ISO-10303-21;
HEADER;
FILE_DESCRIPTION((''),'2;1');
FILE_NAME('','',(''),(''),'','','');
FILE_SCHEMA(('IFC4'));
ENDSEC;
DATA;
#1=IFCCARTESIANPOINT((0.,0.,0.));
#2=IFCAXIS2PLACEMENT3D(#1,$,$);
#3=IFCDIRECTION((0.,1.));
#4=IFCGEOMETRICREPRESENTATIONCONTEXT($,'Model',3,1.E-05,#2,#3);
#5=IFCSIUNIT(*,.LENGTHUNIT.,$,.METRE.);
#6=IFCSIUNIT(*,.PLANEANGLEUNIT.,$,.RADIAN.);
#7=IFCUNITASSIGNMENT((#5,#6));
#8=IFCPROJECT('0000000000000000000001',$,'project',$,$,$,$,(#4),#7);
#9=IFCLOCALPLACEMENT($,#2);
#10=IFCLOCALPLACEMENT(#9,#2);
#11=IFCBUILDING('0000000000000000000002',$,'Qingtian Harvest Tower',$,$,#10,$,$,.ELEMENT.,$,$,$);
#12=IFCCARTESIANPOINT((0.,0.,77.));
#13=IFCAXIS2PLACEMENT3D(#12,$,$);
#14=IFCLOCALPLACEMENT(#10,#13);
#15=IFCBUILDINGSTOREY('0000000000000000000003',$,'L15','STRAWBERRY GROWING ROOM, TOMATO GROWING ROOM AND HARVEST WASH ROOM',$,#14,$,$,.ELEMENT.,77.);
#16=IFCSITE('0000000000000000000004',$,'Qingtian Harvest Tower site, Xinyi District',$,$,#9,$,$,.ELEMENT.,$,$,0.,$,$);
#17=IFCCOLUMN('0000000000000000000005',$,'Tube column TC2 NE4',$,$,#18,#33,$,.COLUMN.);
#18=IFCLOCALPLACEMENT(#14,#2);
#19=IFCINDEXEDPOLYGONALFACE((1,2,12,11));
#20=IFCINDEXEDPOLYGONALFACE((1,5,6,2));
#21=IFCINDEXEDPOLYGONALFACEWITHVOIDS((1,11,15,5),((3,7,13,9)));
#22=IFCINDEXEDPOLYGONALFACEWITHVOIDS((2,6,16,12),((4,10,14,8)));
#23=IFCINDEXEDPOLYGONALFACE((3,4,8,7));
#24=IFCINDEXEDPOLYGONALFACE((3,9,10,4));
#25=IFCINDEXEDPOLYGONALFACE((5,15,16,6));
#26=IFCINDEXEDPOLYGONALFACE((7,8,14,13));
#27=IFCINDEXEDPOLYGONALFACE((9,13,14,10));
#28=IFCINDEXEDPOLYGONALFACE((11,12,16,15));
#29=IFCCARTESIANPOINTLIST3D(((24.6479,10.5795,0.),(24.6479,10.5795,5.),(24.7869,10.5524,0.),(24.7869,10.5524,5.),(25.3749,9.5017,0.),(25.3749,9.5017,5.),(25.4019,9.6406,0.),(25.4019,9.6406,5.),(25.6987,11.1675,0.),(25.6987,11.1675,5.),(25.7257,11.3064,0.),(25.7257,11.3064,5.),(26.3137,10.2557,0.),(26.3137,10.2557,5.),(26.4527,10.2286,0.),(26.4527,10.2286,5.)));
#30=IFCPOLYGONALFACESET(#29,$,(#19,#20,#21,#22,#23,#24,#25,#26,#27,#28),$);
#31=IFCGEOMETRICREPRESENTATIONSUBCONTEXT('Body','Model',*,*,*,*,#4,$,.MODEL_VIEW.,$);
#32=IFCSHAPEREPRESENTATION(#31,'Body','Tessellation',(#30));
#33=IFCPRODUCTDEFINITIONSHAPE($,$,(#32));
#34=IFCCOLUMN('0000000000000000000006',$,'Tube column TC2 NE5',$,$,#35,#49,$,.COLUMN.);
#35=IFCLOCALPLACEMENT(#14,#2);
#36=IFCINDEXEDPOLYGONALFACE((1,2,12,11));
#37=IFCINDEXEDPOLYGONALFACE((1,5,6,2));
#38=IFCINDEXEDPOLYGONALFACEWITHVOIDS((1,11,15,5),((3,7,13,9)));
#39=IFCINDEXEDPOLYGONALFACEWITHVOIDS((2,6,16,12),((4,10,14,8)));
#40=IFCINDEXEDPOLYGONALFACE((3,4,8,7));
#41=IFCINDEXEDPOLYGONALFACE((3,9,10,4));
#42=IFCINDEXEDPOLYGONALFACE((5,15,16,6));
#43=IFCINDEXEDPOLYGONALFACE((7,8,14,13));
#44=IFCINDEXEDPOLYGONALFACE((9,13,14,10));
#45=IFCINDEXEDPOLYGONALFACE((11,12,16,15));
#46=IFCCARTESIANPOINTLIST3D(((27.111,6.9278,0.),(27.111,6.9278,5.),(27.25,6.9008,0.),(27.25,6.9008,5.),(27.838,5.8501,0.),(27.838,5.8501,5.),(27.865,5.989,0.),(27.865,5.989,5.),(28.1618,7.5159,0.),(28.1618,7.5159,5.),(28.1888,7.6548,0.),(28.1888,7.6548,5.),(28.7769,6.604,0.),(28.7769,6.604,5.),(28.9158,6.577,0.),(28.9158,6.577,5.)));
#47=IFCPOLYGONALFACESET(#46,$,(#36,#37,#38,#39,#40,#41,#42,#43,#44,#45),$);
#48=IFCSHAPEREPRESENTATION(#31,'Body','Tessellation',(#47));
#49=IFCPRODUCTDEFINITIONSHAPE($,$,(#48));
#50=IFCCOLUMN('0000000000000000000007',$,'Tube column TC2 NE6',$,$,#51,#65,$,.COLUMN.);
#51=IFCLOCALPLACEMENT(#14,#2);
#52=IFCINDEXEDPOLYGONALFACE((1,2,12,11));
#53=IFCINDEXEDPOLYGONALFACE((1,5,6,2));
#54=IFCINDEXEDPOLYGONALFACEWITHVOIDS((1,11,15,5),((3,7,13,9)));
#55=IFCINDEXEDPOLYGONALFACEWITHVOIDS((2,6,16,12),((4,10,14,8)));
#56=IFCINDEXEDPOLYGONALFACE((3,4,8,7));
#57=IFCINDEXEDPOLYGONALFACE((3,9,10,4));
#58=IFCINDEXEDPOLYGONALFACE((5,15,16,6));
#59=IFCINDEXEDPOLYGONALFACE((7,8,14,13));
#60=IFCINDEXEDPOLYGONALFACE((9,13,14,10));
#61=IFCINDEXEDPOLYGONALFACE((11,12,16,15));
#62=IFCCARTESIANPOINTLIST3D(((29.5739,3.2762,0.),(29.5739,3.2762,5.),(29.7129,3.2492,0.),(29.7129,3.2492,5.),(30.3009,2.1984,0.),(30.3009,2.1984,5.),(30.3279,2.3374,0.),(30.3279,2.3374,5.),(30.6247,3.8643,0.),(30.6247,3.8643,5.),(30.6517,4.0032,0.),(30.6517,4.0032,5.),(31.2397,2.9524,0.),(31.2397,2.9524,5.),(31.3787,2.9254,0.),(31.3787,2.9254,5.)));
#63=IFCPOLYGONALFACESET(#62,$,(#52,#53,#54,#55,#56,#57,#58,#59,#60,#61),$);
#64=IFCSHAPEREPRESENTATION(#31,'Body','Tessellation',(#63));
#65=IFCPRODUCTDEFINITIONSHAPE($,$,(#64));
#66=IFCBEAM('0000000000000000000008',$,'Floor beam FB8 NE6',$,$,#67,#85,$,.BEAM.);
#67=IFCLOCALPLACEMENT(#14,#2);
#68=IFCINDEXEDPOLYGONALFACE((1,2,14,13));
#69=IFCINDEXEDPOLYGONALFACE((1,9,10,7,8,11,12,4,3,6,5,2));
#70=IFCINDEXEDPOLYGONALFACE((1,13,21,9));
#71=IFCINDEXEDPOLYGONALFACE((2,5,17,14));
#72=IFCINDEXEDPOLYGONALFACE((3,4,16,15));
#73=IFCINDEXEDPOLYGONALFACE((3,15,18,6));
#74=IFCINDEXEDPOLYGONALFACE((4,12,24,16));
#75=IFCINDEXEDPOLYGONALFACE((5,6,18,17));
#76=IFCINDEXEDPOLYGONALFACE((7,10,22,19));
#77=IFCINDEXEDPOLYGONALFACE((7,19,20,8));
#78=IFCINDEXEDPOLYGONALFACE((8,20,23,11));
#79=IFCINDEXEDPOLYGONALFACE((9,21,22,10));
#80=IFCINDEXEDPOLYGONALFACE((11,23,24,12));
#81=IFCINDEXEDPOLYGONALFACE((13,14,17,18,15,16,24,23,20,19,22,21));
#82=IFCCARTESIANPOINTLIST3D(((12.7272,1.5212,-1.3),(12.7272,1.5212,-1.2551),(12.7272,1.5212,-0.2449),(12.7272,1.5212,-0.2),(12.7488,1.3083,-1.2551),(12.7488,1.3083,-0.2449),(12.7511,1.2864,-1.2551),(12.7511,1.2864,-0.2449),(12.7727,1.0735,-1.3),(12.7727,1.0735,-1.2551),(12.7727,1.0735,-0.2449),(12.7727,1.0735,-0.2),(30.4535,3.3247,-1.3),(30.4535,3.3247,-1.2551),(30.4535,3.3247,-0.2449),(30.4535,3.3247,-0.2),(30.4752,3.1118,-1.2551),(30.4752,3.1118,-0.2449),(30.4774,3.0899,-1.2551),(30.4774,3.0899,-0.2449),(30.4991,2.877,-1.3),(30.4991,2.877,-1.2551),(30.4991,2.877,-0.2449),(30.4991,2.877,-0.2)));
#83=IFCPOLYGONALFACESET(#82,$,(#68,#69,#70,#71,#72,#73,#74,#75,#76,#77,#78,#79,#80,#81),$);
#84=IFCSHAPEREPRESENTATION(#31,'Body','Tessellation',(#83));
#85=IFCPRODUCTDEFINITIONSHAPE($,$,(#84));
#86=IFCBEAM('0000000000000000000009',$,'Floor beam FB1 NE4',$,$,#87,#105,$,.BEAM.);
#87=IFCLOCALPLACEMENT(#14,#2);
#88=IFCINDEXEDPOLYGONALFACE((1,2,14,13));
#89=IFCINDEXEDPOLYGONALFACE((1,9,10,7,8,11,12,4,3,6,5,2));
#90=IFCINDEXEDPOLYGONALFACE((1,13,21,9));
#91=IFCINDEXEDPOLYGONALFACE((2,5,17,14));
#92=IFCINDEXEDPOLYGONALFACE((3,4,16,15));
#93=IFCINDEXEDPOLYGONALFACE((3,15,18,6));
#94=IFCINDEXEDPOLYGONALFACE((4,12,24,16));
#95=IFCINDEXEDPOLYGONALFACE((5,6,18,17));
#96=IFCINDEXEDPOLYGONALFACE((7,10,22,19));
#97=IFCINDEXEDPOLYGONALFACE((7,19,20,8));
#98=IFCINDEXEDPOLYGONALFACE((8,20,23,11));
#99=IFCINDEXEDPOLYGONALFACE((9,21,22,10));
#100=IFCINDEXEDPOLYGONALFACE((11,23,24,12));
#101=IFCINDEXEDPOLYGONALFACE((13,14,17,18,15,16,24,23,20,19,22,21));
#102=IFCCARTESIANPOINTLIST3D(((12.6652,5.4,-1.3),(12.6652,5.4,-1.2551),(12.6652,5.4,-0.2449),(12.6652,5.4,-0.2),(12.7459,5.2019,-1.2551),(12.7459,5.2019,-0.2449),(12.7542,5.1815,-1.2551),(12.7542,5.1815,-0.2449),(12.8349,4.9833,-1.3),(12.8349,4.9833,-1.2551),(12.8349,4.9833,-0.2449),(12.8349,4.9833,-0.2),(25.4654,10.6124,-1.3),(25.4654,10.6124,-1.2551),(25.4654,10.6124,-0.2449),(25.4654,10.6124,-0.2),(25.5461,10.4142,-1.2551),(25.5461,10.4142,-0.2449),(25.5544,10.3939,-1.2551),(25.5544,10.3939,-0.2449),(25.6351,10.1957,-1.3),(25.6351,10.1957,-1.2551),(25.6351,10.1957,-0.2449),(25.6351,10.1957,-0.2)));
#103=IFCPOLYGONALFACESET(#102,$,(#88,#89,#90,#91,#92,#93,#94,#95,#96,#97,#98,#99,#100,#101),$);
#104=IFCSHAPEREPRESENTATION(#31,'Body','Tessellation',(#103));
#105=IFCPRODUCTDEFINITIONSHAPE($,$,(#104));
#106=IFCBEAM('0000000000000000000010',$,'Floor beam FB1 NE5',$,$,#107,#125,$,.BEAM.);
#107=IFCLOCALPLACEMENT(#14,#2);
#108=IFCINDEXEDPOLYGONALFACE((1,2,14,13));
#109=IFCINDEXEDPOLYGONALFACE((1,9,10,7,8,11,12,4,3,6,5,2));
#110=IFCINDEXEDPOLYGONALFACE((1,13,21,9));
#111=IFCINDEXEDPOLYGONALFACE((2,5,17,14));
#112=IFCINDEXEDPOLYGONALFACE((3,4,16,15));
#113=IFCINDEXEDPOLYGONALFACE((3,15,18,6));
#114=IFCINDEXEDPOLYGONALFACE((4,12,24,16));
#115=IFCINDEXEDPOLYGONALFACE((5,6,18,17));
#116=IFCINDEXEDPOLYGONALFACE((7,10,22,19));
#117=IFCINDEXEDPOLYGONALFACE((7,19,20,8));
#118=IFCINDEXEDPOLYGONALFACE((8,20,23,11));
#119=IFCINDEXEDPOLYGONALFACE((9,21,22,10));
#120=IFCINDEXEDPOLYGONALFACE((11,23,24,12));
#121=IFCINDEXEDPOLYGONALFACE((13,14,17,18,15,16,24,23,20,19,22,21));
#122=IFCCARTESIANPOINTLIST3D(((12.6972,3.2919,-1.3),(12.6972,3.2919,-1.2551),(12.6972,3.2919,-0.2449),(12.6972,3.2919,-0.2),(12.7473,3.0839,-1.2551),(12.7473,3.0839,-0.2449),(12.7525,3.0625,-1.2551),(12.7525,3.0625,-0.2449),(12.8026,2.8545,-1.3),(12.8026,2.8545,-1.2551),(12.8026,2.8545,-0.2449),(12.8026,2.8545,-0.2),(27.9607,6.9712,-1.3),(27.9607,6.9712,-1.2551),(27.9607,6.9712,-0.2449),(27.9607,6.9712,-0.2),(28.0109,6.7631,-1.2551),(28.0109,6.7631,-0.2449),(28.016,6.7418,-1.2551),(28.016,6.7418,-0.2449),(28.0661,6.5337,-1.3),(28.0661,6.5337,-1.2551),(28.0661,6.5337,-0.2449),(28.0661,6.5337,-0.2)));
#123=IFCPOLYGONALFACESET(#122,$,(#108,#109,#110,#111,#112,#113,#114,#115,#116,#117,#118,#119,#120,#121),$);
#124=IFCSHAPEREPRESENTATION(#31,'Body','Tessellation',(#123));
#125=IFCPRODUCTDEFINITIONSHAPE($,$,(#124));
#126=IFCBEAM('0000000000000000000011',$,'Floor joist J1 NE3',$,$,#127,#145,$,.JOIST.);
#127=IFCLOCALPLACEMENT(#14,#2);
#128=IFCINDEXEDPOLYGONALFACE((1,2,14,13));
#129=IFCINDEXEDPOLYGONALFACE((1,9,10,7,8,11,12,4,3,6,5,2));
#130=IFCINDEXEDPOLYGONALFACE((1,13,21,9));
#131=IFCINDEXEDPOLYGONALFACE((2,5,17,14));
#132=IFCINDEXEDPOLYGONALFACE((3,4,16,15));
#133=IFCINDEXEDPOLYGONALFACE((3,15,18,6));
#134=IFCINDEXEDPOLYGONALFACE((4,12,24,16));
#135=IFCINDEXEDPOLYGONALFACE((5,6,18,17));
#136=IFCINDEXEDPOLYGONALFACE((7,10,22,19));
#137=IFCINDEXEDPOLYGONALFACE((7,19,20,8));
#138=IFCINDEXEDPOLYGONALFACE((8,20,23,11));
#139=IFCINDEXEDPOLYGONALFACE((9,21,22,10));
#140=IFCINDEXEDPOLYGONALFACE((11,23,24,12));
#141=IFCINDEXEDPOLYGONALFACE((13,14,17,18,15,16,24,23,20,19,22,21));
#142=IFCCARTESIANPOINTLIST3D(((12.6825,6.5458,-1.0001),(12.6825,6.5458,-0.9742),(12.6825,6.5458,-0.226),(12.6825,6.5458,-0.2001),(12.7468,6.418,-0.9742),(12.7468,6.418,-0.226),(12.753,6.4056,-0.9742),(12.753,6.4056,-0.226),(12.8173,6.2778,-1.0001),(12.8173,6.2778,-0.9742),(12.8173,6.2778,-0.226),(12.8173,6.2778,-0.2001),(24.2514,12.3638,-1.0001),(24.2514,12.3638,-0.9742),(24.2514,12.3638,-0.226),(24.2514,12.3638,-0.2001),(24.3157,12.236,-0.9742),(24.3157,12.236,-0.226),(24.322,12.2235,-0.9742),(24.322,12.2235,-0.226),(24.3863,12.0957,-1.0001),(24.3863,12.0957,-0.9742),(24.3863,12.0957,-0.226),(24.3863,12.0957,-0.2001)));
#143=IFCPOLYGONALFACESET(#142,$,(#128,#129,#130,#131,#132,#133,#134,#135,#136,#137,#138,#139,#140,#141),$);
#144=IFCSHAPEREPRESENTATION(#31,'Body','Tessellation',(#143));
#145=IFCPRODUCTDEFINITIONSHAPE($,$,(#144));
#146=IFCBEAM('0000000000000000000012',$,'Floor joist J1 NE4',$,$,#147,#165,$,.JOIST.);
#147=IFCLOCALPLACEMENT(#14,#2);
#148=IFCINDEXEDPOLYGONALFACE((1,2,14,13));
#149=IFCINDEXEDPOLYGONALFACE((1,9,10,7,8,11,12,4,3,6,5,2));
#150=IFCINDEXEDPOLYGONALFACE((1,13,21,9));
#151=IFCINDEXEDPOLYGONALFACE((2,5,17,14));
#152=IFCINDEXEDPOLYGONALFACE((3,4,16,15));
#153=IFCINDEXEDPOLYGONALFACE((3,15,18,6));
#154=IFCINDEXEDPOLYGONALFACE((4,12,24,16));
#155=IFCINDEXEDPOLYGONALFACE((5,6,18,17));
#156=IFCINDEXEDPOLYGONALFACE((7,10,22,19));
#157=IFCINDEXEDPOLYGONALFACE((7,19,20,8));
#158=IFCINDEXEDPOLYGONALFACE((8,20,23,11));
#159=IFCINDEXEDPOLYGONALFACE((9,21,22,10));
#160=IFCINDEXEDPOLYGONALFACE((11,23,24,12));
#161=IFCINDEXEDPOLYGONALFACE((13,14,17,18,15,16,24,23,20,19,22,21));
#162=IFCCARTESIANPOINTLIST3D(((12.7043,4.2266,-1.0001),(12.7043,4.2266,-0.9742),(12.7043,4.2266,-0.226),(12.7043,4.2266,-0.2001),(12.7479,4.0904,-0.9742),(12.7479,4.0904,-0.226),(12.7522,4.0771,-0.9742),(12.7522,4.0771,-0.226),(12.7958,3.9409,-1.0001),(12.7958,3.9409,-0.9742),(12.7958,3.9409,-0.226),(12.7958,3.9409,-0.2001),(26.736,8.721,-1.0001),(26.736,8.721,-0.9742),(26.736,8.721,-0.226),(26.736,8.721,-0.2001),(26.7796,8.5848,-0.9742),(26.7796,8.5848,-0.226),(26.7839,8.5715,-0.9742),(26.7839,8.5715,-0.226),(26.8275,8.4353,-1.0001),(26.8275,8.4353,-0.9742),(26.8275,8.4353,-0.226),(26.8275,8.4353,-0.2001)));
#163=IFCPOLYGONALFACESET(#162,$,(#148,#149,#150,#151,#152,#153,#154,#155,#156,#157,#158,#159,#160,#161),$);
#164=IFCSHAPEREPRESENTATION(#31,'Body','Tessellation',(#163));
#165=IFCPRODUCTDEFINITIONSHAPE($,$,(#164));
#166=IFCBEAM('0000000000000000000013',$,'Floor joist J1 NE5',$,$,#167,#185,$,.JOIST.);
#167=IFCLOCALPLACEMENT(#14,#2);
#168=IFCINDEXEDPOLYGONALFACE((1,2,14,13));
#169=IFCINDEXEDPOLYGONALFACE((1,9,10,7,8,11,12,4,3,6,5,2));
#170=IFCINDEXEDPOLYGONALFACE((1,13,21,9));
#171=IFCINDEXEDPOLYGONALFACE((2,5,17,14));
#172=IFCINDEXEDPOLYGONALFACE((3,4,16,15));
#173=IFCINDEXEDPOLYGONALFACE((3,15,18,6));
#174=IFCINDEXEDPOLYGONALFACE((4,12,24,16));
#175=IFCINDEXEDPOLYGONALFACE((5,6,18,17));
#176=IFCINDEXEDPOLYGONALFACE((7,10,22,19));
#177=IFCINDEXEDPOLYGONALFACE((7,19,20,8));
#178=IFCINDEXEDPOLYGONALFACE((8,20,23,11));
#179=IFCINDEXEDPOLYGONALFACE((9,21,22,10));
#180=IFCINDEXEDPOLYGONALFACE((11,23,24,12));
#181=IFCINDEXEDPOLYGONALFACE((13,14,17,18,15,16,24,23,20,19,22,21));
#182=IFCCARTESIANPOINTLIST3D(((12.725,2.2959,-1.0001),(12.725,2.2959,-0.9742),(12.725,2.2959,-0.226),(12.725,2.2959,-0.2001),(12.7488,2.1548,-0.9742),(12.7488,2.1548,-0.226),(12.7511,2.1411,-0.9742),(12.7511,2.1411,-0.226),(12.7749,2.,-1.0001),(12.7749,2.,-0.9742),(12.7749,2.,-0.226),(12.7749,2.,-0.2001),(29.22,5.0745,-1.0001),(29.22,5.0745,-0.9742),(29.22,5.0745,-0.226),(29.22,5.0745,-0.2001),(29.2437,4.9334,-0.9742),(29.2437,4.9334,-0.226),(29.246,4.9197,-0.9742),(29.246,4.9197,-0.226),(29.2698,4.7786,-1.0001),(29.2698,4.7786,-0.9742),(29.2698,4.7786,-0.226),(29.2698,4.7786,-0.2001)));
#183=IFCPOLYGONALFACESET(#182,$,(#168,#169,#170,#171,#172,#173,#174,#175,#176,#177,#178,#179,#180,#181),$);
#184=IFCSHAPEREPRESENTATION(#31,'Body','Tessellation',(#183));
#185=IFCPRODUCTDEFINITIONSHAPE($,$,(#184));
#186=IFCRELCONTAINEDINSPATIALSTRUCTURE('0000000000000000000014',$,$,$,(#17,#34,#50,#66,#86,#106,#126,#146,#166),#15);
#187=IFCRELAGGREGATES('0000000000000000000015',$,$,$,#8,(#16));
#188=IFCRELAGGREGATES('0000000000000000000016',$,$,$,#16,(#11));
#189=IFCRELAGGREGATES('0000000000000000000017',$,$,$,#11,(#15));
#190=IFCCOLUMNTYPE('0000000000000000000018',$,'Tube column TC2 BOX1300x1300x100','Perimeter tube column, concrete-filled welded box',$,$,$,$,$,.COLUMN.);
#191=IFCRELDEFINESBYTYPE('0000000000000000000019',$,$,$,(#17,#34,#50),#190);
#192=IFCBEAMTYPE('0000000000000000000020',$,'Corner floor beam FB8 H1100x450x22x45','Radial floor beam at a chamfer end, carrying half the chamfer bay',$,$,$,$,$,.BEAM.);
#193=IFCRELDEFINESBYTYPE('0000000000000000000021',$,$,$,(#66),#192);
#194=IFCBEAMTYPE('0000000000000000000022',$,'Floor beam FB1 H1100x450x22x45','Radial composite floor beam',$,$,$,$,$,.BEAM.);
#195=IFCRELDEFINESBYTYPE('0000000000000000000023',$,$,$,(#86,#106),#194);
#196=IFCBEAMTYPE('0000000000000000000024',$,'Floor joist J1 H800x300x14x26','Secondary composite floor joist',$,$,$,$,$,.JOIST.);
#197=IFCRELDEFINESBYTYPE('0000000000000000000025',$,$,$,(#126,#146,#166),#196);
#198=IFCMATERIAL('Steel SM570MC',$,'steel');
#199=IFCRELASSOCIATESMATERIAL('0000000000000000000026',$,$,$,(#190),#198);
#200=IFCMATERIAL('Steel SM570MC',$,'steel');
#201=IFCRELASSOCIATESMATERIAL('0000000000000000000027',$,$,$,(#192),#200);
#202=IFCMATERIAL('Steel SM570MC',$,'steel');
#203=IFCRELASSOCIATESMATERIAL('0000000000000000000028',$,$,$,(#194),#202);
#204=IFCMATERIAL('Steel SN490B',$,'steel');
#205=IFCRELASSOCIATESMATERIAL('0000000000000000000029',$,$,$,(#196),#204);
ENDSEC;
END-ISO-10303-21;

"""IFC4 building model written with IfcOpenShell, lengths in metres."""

from ifc_helpers import new_model, si_unit, direction, frame, origin, origin_2d, place, context, subcontext, project, spatial, hollow_rectangle, i_section, extrude, material, material_profile, profile_set, type_object, element, save


model = new_model("IFC4")

# Units and contexts
model_context = context("Model", 3, precision=1e-05, world=origin(), true_north=direction((0.0, 1.0)))
body_context = subcontext(model_context, "Body", "Model", "MODEL_VIEW")
ifc_project = project(units=[si_unit("LENGTHUNIT", "METRE"), si_unit("PLANEANGLEUNIT", "RADIAN")], contexts=[model_context])

# Site, building, storey
site_placement = place(None, origin())
site = spatial("IfcSite", under=ifc_project, at=site_placement, Name="Qingtian Harvest Tower site, Xinyi District", CompositionType="ELEMENT", RefElevation=0.0)
building_placement = place(site_placement, origin())
building = spatial("IfcBuilding", under=site, at=building_placement, Name="Qingtian Harvest Tower", CompositionType="ELEMENT")
storey_placement = place(building_placement, frame((0.0, 0.0, 77.0)))
storey = spatial("IfcBuildingStorey", under=building, at=storey_placement, Name="L15", Description="STRAWBERRY GROWING ROOM, TOMATO GROWING ROOM AND HARVEST WASH ROOM", CompositionType="ELEMENT", Elevation=77.0)

# Columns
ifc_material_1 = material(Name="Steel SM570MC", Category="steel")
ifc_material_profile_1 = material_profile(ifc_material_1, hollow_rectangle(XDim=1.3, YDim=1.3, WallThickness=0.1001, at=origin_2d()), Name="BOX1300x1300x100")
ifc_profile_set_1 = profile_set([ifc_material_profile_1], Name="Steel SM570MC")
column_type = type_object("IfcColumnType", Name="Tube column TC2 BOX1300x1300x100", Description="Perimeter tube column, concrete-filled welded box", PredefinedType="COLUMN", material=ifc_profile_set_1)
for number, where, z_axis, x_axis, name in (
    (1, (25.5503, 10.4041, 0.0), (0.0, 0.0, 1.0), (-0.559193, 0.829038, 0.0), "Tube column TC2 NE4"),
    (2, (28.0134, 6.7524, 0.0), (0.0, 0.0, 1.0), (-0.559193, 0.829038, 0.0), "Tube column TC2 NE5"),
    (3, (30.4763, 3.1008, 0.0), (0.0, 0.0, 1.0), (-0.559193, 0.829038, 0.0), "Tube column TC2 NE6"),
):
    element("IfcColumn", number, at=place(storey_placement, frame(where, z_axis=z_axis, x_axis=x_axis)), inside=storey, type_object=column_type, Name=name, PredefinedType="COLUMN", context=body_context, shape_type="SweptSolid", body=[
        extrude(hollow_rectangle(XDim=1.3, YDim=1.3, WallThickness=0.1001, at=origin_2d()), origin(), (0.0, 0.0, 1.0), 5.0),
    ])

# Beams
ifc_material_2 = material(Name="Steel SM570MC", Category="steel")
ifc_material_profile_2 = material_profile(ifc_material_2, i_section(OverallWidth=0.45, OverallDepth=1.1001, WebThickness=0.022, FlangeThickness=0.0449, at=origin_2d()), Name="H1100x450x22x45")
ifc_profile_set_2 = profile_set([ifc_material_profile_2], Name="Steel SM570MC")
beam_type_1 = type_object("IfcBeamType", Name="Corner floor beam FB8 H1100x450x22x45", Description="Radial floor beam at a chamfer end, carrying half the chamfer bay", PredefinedType="BEAM", material=ifc_profile_set_2)
beam_1_placement = place(storey_placement, frame((30.4763, 3.1008, -0.75), z_axis=(-0.994864, -0.101217, 0.0), x_axis=(0.101217, -0.994864, 0.0)))
element("IfcBeam", 4, at=beam_1_placement, inside=storey, type_object=beam_type_1, Name="Floor beam FB8 NE6", PredefinedType="BEAM", context=body_context, shape_type="SweptSolid", body=[
    extrude(i_section(OverallWidth=0.45, OverallDepth=1.1001, WebThickness=0.022, FlangeThickness=0.0449, at=origin_2d()), origin(), (0.0, 0.0, 1.0), 17.8179),
])
ifc_material_3 = material(Name="Steel SM570MC", Category="steel")
ifc_material_profile_3 = material_profile(ifc_material_3, i_section(OverallWidth=0.45, OverallDepth=1.1001, WebThickness=0.022, FlangeThickness=0.0449, at=origin_2d()), Name="H1100x450x22x45")
ifc_profile_set_3 = profile_set([ifc_material_profile_3], Name="Steel SM570MC")
beam_type_2 = type_object("IfcBeamType", Name="Floor beam FB1 H1100x450x22x45", Description="Radial composite floor beam", PredefinedType="BEAM", material=ifc_profile_set_3)
beam_2_placement = place(storey_placement, frame((25.5503, 10.4041, -0.75), z_axis=(-0.926156, -0.37714, 0.0), x_axis=(0.37714, -0.926156, 0.0)))
element("IfcBeam", 5, at=beam_2_placement, inside=storey, type_object=beam_type_2, Name="Floor beam FB1 NE4", PredefinedType="BEAM", context=body_context, shape_type="SweptSolid", body=[
    extrude(i_section(OverallWidth=0.45, OverallDepth=1.1001, WebThickness=0.022, FlangeThickness=0.0449, at=origin_2d()), origin(), (0.0, 0.0, 1.0), 13.8208),
])
beam_3_placement = place(storey_placement, frame((28.0134, 6.7524, -0.75), z_axis=(-0.972156, -0.234335, 0.0), x_axis=(0.234335, -0.972156, 0.0)))
element("IfcBeam", 6, at=beam_3_placement, inside=storey, type_object=beam_type_2, Name="Floor beam FB1 NE5", PredefinedType="BEAM", context=body_context, shape_type="SweptSolid", body=[
    extrude(i_section(OverallWidth=0.45, OverallDepth=1.1001, WebThickness=0.022, FlangeThickness=0.0449, at=origin_2d()), origin(), (0.0, 0.0, 1.0), 15.7007),
])
ifc_material_4 = material(Name="Steel SN490B", Category="steel")
ifc_material_profile_4 = material_profile(ifc_material_4, i_section(OverallWidth=0.3, OverallDepth=0.8, WebThickness=0.0139, FlangeThickness=0.0259, at=origin_2d()), Name="H800x300x14x26")
ifc_profile_set_4 = profile_set([ifc_material_profile_4], Name="Steel SN490B")
beam_type_3 = type_object("IfcBeamType", Name="Floor joist J1 H800x300x14x26", Description="Secondary composite floor joist", PredefinedType="JOIST", material=ifc_profile_set_4)
beam_4_placement = place(storey_placement, frame((24.3188, 12.2297, -0.6001), z_axis=(-0.893392, -0.449279, 0.0), x_axis=(0.449279, -0.893392, 0.0)))
element("IfcBeam", 7, at=beam_4_placement, inside=storey, type_object=beam_type_3, Name="Floor joist J1 NE3", PredefinedType="JOIST", context=body_context, shape_type="SweptSolid", body=[
    extrude(i_section(OverallWidth=0.3, OverallDepth=0.8, WebThickness=0.0139, FlangeThickness=0.0259, at=origin_2d()), origin(), (0.0, 0.0, 1.0), 12.9495),
])
beam_5_placement = place(storey_placement, frame((26.7817, 8.5781, -0.6001), z_axis=(-0.952341, -0.305036, 0.0), x_axis=(0.305036, -0.952341, 0.0)))
element("IfcBeam", 8, at=beam_5_placement, inside=storey, type_object=beam_type_3, Name="Floor joist J1 NE4", PredefinedType="JOIST", context=body_context, shape_type="SweptSolid", body=[
    extrude(i_section(OverallWidth=0.3, OverallDepth=0.8, WebThickness=0.0139, FlangeThickness=0.0259, at=origin_2d()), origin(), (0.0, 0.0, 1.0), 14.7339),
])
beam_6_placement = place(storey_placement, frame((29.2449, 4.9265, -0.6001), z_axis=(-0.986107, -0.16611, 0.0), x_axis=(0.16611, -0.986107, 0.0)))
element("IfcBeam", 9, at=beam_6_placement, inside=storey, type_object=beam_type_3, Name="Floor joist J1 NE5", PredefinedType="JOIST", context=body_context, shape_type="SweptSolid", body=[
    extrude(i_section(OverallWidth=0.3, OverallDepth=0.8, WebThickness=0.0139, FlangeThickness=0.0259, at=origin_2d()), origin(), (0.0, 0.0, 1.0), 16.7273),
])

save(model, "model.ifc")
